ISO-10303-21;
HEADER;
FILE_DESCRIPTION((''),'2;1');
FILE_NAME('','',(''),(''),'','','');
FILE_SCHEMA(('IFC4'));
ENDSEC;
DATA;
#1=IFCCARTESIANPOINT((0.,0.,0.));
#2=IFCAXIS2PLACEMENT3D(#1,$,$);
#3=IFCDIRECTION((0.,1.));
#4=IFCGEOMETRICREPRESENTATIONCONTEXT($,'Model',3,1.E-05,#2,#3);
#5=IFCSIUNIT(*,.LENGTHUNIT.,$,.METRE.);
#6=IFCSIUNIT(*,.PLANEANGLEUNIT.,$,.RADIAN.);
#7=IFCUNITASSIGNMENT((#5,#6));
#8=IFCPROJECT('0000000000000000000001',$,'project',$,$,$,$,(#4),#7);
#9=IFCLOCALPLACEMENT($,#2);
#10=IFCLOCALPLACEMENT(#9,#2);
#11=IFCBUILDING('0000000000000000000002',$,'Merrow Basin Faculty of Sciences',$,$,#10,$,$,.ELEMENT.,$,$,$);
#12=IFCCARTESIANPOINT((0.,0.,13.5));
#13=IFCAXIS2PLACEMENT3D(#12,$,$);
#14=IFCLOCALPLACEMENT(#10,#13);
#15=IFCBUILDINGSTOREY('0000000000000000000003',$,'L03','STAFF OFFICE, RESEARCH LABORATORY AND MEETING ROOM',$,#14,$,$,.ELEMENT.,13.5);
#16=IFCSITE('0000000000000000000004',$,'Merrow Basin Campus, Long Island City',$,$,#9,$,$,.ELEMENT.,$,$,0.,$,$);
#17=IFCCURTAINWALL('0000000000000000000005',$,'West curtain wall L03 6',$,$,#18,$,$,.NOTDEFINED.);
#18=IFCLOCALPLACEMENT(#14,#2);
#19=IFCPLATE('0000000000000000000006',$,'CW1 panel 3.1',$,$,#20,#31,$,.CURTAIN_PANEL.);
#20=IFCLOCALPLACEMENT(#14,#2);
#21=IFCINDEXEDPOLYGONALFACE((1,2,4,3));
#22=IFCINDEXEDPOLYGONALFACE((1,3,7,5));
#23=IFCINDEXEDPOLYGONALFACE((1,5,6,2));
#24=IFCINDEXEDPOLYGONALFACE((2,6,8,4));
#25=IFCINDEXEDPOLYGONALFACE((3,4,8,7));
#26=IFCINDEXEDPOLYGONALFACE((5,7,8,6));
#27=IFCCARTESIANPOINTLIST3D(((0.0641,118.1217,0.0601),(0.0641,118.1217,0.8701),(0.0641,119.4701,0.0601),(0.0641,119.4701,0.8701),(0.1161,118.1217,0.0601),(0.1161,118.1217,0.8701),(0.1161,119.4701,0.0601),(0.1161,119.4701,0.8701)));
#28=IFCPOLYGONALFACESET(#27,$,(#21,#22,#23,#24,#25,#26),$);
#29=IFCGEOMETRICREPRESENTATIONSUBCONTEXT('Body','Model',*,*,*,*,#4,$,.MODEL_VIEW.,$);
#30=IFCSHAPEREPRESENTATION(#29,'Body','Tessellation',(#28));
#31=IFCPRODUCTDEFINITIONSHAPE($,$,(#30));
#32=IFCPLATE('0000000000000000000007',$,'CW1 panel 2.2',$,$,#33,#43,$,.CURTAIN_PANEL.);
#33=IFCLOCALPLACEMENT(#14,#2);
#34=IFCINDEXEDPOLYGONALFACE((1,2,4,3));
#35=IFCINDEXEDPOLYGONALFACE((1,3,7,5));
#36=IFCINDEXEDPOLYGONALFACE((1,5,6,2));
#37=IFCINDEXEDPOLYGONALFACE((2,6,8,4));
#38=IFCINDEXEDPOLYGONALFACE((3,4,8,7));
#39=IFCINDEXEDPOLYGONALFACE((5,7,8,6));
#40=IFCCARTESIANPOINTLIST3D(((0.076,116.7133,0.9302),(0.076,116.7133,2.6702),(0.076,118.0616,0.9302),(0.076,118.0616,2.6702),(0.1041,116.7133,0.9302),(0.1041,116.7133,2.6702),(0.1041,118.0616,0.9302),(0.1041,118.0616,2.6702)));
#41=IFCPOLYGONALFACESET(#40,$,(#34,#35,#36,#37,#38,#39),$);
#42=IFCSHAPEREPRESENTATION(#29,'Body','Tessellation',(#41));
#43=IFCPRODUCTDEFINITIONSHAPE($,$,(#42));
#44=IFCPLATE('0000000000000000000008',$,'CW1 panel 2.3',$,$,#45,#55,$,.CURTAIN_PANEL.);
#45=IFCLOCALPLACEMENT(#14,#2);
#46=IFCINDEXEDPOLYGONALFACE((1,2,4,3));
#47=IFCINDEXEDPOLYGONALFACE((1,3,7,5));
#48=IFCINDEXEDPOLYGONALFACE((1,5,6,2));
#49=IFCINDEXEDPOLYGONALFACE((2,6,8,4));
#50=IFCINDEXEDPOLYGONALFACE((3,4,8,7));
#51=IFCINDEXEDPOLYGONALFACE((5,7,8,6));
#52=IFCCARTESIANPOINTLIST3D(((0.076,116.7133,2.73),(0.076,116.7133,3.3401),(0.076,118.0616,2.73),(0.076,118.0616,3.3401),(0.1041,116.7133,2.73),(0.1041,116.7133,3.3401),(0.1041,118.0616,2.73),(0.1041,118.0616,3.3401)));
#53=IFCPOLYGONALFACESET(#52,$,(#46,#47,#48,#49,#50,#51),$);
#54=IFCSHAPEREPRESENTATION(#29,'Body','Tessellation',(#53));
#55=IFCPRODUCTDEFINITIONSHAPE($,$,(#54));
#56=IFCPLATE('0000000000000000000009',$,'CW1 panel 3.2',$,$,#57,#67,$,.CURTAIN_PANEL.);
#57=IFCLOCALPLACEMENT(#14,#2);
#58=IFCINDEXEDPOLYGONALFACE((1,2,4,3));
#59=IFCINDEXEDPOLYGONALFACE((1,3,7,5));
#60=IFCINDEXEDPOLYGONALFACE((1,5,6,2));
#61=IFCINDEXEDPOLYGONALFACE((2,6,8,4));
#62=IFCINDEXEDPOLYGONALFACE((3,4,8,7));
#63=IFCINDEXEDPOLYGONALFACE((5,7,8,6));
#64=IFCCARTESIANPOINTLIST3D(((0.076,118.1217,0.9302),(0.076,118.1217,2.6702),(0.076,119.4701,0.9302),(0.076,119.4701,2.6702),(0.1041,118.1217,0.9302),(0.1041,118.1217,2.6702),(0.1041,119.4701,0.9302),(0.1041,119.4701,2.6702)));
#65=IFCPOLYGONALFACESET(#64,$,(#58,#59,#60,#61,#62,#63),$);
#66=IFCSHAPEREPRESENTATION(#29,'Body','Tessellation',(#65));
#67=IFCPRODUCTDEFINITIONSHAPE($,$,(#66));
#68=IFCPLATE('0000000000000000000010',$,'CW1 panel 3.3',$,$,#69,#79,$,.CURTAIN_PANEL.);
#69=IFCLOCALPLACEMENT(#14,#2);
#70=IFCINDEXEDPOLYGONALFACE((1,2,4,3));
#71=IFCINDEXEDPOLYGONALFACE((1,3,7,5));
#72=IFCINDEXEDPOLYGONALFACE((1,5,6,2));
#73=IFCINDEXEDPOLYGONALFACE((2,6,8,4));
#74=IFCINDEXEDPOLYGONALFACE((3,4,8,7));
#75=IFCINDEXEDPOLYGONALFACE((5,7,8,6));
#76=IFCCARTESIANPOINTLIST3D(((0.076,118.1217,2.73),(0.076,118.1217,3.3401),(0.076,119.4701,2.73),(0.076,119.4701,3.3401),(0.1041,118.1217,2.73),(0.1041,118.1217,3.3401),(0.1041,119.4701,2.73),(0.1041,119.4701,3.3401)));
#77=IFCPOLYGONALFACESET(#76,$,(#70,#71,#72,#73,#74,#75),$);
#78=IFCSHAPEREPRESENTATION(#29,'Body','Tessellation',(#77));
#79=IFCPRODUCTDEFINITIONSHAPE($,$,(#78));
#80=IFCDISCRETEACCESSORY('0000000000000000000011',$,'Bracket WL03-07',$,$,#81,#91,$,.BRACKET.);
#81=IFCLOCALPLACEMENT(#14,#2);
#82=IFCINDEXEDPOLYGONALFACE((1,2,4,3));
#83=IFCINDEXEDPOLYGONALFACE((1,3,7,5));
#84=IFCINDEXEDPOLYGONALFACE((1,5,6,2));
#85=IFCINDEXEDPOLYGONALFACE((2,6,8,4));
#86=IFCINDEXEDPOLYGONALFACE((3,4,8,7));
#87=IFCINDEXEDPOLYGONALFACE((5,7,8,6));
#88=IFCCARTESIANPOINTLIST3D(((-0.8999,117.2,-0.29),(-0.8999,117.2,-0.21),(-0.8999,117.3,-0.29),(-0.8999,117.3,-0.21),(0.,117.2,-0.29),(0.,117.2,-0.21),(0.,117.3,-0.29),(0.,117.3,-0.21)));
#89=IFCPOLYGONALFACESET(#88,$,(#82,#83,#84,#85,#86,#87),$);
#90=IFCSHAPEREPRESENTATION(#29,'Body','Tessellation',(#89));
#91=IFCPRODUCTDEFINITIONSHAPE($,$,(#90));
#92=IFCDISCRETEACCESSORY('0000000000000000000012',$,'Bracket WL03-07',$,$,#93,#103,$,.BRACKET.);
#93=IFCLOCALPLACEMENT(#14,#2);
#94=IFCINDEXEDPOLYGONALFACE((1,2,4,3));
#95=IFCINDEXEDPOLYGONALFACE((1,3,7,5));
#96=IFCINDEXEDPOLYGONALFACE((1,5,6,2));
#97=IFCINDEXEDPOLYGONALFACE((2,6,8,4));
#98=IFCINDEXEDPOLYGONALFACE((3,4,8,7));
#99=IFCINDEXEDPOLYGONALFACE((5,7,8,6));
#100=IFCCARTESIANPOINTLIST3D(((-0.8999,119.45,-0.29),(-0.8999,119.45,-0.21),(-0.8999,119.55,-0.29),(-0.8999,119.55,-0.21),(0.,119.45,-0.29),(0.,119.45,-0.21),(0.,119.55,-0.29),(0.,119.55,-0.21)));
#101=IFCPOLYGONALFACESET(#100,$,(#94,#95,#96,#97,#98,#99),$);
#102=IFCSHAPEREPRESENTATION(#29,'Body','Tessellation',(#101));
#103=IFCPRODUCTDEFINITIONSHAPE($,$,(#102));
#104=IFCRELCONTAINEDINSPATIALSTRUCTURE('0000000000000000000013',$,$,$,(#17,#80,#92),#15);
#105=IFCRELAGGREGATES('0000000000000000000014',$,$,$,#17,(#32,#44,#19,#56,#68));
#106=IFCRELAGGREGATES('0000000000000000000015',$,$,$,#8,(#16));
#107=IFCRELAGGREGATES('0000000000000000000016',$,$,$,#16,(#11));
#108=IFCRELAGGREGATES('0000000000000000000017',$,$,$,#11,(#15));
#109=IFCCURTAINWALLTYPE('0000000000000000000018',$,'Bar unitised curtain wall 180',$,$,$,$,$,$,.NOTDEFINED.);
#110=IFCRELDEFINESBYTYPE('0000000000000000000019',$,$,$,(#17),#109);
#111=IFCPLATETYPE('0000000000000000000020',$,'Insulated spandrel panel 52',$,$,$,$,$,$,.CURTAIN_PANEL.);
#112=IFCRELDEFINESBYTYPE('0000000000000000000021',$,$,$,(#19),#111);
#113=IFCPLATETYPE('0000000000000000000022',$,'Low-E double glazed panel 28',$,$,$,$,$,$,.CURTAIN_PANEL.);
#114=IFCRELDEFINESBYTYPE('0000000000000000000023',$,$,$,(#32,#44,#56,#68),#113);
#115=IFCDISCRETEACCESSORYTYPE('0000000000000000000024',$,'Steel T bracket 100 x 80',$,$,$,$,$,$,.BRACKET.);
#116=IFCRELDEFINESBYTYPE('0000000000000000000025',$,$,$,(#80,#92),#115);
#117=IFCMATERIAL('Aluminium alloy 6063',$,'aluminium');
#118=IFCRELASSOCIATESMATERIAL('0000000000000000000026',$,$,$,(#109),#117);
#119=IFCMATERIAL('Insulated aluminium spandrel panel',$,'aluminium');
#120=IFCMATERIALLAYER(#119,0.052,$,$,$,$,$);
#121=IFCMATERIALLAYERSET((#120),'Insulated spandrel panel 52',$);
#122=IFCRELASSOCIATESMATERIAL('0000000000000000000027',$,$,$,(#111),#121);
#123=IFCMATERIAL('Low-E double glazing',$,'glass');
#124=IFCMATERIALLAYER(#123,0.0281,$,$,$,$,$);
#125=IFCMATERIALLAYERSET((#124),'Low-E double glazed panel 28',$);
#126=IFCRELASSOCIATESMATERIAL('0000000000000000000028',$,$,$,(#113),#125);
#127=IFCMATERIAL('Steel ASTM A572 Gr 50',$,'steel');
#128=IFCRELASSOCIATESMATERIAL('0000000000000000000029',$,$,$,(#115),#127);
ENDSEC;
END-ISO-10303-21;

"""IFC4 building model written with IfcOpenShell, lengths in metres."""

from ifc_helpers import new_model, si_unit, direction, frame, origin, origin_2d, place, context, subcontext, project, spatial, polyline, rectangle, outline, extrude, source, transform, mapped, material, layer, layer_set, type_object, element, aggregate, save


model = new_model("IFC4")

# Units and contexts
model_context = context("Model", 3, precision=1e-05, world=origin(), true_north=direction((0.0, 1.0)))
body_context = subcontext(model_context, "Body", "Model", "MODEL_VIEW")
ifc_project = project(units=[si_unit("LENGTHUNIT", "METRE"), si_unit("PLANEANGLEUNIT", "RADIAN")], contexts=[model_context])

# Site, building, storey
site_placement = place(None, origin())
site = spatial("IfcSite", under=ifc_project, at=site_placement, Name="Merrow Basin Campus, Long Island City", CompositionType="ELEMENT", RefElevation=0.0)
building_placement = place(site_placement, origin())
building = spatial("IfcBuilding", under=site, at=building_placement, Name="Merrow Basin Faculty of Sciences", CompositionType="ELEMENT")
storey_placement = place(building_placement, frame((0.0, 0.0, 13.5)))
storey = spatial("IfcBuildingStorey", under=building, at=storey_placement, Name="L03", Description="STAFF OFFICE, RESEARCH LABORATORY AND MEETING ROOM", CompositionType="ELEMENT", Elevation=13.5)

# Curtain wall, plates
ifc_material_1 = material(Name="Aluminium alloy 6063", Category="aluminium")
curtain_wall_type = type_object("IfcCurtainWallType", Name="Bar unitised curtain wall 180", PredefinedType="NOTDEFINED", material=ifc_material_1)
curtain_wall_placement = place(storey_placement, origin())
curtain_wall = element("IfcCurtainWall", 1, at=curtain_wall_placement, inside=storey, type_object=curtain_wall_type, Name="West curtain wall L03 6", PredefinedType="NOTDEFINED")
ifc_material_2 = material(Name="Insulated aluminium spandrel panel", Category="aluminium")
ifc_layer_1 = layer(ifc_material_2, 0.052)
ifc_layer_set_1 = layer_set([ifc_layer_1], Name="Insulated spandrel panel 52")
plate_type_1 = type_object("IfcPlateType", Name="Insulated spandrel panel 52", PredefinedType="CURTAIN_PANEL", material=ifc_layer_set_1)
plate_1_placement = place(storey_placement, frame((0.0901, 118.7959, 0.0601), z_axis=(0.0, 0.0, 1.0), x_axis=(0.0, 1.0, 0.0)))
plate_1 = element("IfcPlate", 2, at=plate_1_placement, type_object=plate_type_1, Name="CW1 panel 3.1", PredefinedType="CURTAIN_PANEL", context=body_context, shape_type="SweptSolid", body=[
    extrude(rectangle(XDim=1.3484, YDim=0.052, at=origin_2d()), origin(), (0.0, 0.0, 1.0), 0.8101),
])
ifc_material_3 = material(Name="Low-E double glazing", Category="glass")
ifc_layer_2 = layer(ifc_material_3, 0.0281)
ifc_layer_set_2 = layer_set([ifc_layer_2], Name="Low-E double glazed panel 28")
plate_type_2 = type_object("IfcPlateType", Name="Low-E double glazed panel 28", PredefinedType="CURTAIN_PANEL", material=ifc_layer_set_2)
plate_2_placement = place(storey_placement, frame((0.0901, 117.3875, 0.9302), z_axis=(0.0, 0.0, 1.0), x_axis=(0.0, 1.0, 0.0)))
plate_2 = element("IfcPlate", 3, at=plate_2_placement, type_object=plate_type_2, Name="CW1 panel 2.2", PredefinedType="CURTAIN_PANEL", context=body_context, shape_type="SweptSolid", body=[
    extrude(rectangle(XDim=1.3484, YDim=0.0281, at=origin_2d()), origin(), (0.0, 0.0, 1.0), 1.74),
])
plate_3_placement = place(storey_placement, frame((0.0901, 117.3875, 2.73), z_axis=(0.0, 0.0, 1.0), x_axis=(0.0, 1.0, 0.0)))
plate_3 = element("IfcPlate", 4, at=plate_3_placement, type_object=plate_type_2, Name="CW1 panel 2.3", PredefinedType="CURTAIN_PANEL", context=body_context, shape_type="SweptSolid", body=[
    extrude(rectangle(XDim=1.3484, YDim=0.0281, at=origin_2d()), origin(), (0.0, 0.0, 1.0), 0.6101),
])
plate_4_placement = place(storey_placement, frame((0.0901, 118.7959, 0.9302), z_axis=(0.0, 0.0, 1.0), x_axis=(0.0, 1.0, 0.0)))
plate_4 = element("IfcPlate", 5, at=plate_4_placement, type_object=plate_type_2, Name="CW1 panel 3.2", PredefinedType="CURTAIN_PANEL", context=body_context, shape_type="SweptSolid", body=[
    extrude(rectangle(XDim=1.3484, YDim=0.0281, at=origin_2d()), origin(), (0.0, 0.0, 1.0), 1.74),
])
plate_5_placement = place(storey_placement, frame((0.0901, 118.7959, 2.73), z_axis=(0.0, 0.0, 1.0), x_axis=(0.0, 1.0, 0.0)))
plate_5 = element("IfcPlate", 6, at=plate_5_placement, type_object=plate_type_2, Name="CW1 panel 3.3", PredefinedType="CURTAIN_PANEL", context=body_context, shape_type="SweptSolid", body=[
    extrude(rectangle(XDim=1.3484, YDim=0.0281, at=origin_2d()), origin(), (0.0, 0.0, 1.0), 0.6101),
])
aggregate(curtain_wall, [plate_2, plate_3, plate_1, plate_4, plate_5])

# Discrete accessories
ifc_material_4 = material(Name="Steel ASTM A572 Gr 50", Category="steel")
discrete_accessory_type = type_object("IfcDiscreteAccessoryType", Name="Steel T bracket 100 x 80", PredefinedType="BRACKET", material=ifc_material_4)
shared_shape = source(origin(), body_context, "Body", "SweptSolid", [
    extrude(outline(polyline([(0.0, 0.0), (0.1001, 0.0), (0.1001, 0.0801), (0.0, 0.0801), (0.0, 0.0)])), origin(), (0.0, 0.0, 1.0), 0.8999),
])
for number, where, z_axis, x_axis, name in (
    (7, (-0.8999, 117.2, -0.29), (1.0, 0.0, 0.0), (0.0, 1.0, 0.0), "Bracket WL03-07"),
    (8, (-0.8999, 119.45, -0.29), (1.0, 0.0, 0.0), (0.0, 1.0, 0.0), "Bracket WL03-07"),
):
    element("IfcDiscreteAccessory", number, at=place(storey_placement, frame(where, z_axis=z_axis, x_axis=x_axis)), inside=storey, type_object=discrete_accessory_type, Name=name, PredefinedType="BRACKET", context=body_context, shape_type="MappedRepresentation", body=[
        mapped(shared_shape, transform((0.0, 0.0, 0.0), scale=1.0)),
    ])

save(model, "model.ifc")
